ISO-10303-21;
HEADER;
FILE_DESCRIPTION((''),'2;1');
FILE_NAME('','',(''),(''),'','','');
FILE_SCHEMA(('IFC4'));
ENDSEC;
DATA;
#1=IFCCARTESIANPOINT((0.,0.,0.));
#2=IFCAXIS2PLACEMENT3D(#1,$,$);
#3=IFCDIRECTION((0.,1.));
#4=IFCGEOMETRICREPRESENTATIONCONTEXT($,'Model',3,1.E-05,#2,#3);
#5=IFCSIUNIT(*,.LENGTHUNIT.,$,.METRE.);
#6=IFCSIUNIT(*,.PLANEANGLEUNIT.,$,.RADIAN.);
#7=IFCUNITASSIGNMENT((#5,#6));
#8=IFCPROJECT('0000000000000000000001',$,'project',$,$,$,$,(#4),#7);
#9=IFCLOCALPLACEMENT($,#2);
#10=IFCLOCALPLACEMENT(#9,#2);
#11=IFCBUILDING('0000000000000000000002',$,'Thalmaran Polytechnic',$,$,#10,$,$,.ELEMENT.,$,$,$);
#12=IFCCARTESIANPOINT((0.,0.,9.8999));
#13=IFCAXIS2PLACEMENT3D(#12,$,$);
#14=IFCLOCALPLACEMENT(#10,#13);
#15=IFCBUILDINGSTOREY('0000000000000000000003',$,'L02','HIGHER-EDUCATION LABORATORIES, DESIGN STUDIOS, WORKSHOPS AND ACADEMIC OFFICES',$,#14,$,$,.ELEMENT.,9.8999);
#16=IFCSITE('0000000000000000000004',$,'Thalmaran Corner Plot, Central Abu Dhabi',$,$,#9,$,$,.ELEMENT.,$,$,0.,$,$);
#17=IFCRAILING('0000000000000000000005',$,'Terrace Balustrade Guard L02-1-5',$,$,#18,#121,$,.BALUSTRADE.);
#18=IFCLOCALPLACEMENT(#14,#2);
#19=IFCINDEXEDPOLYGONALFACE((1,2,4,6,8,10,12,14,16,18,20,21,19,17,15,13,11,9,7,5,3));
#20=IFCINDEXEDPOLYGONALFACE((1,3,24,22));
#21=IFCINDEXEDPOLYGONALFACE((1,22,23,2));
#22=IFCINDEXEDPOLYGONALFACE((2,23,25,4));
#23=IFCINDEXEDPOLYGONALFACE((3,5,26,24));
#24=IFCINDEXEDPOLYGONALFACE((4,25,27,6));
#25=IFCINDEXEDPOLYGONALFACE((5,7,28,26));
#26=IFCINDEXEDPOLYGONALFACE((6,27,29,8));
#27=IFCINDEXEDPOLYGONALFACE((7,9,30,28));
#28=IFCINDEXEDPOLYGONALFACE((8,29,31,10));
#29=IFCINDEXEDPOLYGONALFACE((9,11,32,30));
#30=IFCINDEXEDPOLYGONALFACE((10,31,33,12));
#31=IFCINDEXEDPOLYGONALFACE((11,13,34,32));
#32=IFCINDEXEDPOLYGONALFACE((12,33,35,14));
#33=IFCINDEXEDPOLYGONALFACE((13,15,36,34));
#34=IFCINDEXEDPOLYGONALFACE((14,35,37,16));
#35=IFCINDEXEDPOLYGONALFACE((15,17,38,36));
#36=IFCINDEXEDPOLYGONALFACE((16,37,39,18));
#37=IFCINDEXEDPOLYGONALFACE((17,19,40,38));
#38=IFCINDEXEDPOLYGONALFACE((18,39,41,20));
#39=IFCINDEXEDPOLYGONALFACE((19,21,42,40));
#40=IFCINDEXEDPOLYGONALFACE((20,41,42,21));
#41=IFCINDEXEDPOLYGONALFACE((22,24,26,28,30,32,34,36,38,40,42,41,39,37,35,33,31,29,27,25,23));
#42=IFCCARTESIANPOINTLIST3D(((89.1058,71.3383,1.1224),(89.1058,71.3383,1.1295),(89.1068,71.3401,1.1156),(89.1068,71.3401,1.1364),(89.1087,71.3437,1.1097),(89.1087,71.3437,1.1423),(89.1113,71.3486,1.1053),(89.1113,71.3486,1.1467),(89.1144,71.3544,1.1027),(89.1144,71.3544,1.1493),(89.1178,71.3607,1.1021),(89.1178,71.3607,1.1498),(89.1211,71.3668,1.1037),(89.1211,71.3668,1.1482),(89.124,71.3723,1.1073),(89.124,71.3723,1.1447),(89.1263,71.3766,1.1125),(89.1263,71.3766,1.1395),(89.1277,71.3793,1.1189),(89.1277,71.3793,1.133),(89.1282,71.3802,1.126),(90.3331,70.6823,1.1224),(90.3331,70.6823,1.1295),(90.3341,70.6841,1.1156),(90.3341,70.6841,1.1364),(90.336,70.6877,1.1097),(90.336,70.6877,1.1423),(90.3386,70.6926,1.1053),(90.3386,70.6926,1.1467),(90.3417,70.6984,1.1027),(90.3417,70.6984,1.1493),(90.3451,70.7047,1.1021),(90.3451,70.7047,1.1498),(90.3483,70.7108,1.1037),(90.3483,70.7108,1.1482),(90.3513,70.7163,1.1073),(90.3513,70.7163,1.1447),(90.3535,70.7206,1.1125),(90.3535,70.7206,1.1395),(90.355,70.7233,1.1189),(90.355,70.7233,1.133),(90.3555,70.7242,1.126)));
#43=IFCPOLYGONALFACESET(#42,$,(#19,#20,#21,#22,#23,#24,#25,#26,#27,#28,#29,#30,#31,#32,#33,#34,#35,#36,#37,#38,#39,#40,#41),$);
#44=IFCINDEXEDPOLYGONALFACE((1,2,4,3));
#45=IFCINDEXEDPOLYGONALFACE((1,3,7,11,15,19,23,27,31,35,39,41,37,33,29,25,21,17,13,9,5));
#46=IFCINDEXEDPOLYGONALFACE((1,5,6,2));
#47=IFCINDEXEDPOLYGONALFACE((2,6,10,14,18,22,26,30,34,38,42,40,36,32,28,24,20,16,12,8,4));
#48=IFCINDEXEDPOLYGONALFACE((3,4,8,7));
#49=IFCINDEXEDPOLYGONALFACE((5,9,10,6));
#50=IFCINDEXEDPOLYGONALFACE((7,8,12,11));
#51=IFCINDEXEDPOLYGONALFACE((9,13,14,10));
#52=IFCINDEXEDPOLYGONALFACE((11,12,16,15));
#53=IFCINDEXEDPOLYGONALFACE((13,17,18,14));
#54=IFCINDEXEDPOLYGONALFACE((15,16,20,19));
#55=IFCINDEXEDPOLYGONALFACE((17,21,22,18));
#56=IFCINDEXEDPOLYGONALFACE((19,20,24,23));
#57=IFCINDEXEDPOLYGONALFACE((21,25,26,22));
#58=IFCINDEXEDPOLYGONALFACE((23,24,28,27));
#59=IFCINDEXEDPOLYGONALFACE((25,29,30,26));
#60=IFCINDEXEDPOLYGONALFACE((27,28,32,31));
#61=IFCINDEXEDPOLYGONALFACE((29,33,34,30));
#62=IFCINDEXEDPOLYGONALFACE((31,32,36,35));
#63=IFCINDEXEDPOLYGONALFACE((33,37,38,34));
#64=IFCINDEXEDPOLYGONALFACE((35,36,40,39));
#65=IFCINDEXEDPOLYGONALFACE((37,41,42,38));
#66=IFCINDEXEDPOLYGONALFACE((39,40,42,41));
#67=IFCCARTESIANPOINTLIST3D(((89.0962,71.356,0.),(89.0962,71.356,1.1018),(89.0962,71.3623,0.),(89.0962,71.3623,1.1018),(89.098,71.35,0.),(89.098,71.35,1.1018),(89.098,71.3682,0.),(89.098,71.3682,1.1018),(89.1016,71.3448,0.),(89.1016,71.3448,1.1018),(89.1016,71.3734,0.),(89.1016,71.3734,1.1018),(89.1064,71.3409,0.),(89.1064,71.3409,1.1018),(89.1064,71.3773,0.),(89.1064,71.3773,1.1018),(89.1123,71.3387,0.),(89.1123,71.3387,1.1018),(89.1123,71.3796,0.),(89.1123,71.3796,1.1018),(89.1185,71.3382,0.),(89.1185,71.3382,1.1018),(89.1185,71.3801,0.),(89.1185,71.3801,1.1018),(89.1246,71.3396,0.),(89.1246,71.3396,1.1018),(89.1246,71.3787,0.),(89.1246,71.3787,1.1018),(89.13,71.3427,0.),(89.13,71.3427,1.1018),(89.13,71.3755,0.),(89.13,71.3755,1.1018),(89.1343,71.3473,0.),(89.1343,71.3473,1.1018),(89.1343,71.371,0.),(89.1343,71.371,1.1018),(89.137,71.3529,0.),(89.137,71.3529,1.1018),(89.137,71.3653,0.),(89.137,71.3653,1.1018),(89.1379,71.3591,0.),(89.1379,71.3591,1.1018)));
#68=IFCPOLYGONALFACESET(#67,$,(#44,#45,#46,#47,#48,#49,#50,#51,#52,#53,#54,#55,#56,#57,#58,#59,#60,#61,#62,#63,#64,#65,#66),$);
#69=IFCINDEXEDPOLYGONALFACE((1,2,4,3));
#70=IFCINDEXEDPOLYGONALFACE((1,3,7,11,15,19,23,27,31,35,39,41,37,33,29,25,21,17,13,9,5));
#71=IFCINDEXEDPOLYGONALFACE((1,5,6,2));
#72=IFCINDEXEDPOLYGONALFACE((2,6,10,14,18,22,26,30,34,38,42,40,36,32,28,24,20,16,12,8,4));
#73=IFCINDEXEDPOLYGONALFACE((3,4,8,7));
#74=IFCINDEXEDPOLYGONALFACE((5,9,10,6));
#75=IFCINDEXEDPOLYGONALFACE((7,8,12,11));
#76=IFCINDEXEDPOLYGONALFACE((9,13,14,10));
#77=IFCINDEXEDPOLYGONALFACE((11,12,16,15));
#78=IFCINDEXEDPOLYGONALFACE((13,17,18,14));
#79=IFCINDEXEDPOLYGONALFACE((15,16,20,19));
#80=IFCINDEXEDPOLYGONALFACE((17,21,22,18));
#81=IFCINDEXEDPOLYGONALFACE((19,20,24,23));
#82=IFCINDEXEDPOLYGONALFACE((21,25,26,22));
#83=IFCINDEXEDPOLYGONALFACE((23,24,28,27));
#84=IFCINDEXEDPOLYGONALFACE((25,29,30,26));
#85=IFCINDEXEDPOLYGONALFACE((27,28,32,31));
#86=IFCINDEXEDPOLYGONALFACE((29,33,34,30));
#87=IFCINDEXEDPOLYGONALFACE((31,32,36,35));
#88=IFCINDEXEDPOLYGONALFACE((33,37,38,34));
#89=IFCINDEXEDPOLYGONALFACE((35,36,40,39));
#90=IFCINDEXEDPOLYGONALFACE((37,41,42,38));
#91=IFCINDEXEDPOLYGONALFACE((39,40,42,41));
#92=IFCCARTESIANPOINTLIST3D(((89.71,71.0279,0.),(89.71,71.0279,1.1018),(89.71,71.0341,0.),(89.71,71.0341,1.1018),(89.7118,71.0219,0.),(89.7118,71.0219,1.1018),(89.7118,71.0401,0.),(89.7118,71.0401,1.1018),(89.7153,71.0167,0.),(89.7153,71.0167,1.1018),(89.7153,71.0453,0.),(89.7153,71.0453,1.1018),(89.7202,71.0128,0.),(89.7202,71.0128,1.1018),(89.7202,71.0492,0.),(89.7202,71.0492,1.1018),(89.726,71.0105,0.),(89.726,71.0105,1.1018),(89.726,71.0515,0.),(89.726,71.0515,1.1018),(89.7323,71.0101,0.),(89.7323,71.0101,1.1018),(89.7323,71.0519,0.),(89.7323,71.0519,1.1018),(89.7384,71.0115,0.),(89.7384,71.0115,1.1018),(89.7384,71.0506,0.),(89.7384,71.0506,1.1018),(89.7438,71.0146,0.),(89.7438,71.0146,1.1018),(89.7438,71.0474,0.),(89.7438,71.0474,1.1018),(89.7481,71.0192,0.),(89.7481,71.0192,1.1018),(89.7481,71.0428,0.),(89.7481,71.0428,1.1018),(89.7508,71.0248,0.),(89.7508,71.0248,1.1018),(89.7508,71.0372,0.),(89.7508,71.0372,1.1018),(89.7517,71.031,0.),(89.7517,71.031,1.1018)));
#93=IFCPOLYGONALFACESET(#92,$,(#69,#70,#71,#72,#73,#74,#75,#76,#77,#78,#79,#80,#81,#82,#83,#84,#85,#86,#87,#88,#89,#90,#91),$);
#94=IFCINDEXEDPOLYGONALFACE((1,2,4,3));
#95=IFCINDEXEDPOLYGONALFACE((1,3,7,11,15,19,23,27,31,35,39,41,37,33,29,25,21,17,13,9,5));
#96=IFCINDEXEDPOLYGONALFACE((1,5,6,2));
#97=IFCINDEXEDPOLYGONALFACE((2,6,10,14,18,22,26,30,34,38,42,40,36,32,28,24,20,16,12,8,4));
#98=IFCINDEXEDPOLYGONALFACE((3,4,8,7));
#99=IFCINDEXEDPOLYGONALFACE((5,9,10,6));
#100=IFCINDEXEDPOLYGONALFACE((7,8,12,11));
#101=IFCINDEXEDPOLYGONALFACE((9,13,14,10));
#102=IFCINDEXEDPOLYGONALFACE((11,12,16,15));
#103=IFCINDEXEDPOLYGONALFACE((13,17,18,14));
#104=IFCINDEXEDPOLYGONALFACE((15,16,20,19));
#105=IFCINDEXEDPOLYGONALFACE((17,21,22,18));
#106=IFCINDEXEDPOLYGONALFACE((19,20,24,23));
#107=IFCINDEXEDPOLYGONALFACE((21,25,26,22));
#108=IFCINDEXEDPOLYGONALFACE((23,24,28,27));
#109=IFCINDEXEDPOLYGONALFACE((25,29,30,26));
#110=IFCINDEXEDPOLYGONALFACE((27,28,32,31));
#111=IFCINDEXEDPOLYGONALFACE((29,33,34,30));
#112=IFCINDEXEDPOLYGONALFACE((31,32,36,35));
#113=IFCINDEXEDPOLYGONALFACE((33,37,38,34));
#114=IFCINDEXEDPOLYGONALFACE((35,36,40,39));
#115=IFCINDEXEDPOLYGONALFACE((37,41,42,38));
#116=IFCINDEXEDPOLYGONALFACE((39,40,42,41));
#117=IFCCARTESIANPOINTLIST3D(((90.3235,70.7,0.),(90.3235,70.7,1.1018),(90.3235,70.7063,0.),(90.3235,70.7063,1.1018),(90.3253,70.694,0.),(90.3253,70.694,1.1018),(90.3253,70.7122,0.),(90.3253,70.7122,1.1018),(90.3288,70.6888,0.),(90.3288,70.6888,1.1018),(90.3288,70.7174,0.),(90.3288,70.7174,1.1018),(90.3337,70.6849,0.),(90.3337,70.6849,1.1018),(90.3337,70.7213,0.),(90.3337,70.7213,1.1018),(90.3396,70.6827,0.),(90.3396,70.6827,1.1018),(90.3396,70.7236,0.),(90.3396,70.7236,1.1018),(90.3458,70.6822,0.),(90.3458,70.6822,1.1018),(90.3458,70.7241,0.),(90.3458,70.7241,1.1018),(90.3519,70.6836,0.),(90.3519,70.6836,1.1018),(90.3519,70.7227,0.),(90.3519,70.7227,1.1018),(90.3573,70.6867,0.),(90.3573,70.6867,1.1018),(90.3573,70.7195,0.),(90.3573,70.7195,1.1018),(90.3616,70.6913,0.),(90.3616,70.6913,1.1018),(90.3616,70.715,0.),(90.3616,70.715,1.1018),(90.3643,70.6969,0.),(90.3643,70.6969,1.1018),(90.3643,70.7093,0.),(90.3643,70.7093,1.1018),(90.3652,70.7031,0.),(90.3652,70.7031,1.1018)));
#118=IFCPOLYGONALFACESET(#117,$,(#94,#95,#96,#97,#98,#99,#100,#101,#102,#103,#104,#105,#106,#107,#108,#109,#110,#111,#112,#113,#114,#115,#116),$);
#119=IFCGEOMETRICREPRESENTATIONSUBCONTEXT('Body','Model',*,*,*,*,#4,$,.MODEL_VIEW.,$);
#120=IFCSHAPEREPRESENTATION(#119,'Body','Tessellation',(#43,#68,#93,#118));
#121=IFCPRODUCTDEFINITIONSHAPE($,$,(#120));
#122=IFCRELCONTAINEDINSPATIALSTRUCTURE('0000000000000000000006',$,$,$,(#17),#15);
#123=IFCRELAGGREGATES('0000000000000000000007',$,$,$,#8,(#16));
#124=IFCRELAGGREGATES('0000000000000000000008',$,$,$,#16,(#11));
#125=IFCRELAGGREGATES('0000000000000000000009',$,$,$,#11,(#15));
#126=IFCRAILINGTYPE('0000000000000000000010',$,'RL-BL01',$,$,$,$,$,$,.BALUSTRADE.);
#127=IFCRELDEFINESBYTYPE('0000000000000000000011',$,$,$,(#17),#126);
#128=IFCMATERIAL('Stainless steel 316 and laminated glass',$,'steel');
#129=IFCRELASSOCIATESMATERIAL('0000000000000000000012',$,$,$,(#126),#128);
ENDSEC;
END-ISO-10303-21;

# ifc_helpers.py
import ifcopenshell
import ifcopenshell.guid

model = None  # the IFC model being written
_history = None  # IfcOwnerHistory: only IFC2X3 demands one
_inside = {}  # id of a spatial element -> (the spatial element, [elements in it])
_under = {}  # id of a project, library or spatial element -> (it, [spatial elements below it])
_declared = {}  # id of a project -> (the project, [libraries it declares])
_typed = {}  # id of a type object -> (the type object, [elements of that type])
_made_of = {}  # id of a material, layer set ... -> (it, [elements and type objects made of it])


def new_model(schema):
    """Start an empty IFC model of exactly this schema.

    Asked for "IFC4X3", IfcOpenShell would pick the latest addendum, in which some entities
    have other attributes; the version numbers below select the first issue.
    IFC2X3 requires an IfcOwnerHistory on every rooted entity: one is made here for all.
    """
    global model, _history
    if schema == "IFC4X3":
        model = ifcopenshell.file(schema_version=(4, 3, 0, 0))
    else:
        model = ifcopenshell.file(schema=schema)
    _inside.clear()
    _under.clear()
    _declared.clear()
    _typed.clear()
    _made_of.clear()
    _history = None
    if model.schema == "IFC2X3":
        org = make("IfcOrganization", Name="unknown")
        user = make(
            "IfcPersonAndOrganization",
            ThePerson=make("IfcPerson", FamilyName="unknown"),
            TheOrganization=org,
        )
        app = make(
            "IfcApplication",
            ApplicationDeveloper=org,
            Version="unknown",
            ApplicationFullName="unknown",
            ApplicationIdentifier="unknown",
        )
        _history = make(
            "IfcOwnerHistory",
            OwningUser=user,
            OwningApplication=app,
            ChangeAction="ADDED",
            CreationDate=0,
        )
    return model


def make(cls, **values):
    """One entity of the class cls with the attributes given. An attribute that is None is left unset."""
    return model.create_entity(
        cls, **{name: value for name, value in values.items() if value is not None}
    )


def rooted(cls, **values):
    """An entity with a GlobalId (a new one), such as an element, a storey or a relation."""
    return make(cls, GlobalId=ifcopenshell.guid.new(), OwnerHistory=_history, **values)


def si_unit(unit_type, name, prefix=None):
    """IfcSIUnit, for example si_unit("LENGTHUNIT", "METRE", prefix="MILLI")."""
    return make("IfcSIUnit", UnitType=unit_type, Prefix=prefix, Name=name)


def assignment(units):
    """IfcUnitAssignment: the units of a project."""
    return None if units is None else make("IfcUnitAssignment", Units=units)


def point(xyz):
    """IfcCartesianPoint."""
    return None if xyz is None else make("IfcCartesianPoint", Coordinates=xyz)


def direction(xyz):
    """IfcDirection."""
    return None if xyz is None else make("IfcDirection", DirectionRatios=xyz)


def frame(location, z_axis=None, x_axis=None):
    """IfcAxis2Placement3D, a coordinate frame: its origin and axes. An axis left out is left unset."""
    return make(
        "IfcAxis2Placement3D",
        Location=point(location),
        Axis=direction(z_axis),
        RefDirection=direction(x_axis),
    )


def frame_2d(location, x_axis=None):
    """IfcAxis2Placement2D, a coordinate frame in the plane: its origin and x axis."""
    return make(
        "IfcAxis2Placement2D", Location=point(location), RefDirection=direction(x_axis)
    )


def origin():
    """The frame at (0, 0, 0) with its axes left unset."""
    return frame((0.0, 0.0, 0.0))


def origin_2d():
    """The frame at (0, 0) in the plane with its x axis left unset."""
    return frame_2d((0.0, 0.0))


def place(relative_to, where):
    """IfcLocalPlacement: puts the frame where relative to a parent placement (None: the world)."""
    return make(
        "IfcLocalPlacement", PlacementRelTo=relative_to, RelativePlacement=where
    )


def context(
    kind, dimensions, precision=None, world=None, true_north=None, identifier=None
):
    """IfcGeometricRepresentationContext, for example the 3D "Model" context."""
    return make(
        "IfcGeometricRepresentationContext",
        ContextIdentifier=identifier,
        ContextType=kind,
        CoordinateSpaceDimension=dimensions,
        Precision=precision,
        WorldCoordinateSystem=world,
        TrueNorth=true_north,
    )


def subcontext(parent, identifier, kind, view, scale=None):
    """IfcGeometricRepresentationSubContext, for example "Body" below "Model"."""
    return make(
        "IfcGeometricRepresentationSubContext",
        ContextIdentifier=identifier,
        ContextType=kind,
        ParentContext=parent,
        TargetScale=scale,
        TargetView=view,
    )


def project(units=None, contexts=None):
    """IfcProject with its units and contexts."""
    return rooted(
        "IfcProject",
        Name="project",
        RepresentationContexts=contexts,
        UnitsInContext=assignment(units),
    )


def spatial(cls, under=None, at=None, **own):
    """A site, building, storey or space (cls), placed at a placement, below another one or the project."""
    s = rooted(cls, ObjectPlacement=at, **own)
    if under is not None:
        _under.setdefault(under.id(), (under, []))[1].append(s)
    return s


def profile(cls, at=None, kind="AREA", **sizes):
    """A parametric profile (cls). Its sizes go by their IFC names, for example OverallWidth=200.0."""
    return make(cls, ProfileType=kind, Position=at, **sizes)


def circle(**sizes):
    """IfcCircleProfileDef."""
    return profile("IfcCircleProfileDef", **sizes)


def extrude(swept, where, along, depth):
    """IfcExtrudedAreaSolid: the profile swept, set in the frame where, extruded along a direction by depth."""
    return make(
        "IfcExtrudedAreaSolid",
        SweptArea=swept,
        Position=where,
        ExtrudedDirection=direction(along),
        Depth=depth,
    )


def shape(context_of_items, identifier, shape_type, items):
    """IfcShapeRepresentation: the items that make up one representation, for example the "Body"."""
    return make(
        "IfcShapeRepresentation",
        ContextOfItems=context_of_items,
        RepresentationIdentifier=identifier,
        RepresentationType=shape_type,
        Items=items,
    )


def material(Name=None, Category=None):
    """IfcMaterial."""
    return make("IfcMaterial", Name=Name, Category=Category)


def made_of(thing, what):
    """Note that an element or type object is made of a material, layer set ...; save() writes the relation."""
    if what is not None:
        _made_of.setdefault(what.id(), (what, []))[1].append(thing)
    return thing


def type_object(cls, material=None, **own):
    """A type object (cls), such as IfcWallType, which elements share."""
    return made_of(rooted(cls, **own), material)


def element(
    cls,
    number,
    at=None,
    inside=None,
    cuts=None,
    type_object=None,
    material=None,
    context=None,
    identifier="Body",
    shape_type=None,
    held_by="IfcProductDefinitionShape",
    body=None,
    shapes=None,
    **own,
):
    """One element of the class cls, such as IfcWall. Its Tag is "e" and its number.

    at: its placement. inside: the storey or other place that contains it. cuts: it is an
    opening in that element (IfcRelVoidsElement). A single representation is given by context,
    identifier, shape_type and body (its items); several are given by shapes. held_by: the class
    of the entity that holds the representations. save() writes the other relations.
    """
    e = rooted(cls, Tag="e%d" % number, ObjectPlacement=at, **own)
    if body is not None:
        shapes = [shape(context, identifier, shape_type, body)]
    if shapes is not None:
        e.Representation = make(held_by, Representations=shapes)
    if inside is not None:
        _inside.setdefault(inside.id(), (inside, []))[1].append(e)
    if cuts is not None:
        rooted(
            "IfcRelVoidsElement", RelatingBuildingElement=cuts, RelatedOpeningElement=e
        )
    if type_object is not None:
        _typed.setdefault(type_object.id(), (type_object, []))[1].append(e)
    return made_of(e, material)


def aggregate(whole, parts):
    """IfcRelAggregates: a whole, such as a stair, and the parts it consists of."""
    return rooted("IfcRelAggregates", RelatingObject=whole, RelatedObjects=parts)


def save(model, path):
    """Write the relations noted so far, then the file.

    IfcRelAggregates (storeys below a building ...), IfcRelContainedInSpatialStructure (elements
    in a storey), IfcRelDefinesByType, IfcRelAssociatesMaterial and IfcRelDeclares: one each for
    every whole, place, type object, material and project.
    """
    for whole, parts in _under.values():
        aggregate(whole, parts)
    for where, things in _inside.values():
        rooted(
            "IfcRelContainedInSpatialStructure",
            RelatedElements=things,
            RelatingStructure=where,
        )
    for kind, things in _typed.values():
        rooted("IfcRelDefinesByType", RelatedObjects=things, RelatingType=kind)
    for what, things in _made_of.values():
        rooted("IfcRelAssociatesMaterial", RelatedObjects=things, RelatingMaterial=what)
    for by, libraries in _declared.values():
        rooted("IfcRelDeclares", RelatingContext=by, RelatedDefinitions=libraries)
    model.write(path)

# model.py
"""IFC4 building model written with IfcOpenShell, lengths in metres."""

from ifc_helpers import new_model, si_unit, direction, frame, origin, origin_2d, place, context, subcontext, project, spatial, circle, extrude, material, type_object, element, save


model = new_model("IFC4")

# Units and contexts
model_context = context("Model", 3, precision=1e-05, world=origin(), true_north=direction((0.0, 1.0)))
body_context = subcontext(model_context, "Body", "Model", "MODEL_VIEW")
ifc_project = project(units=[si_unit("LENGTHUNIT", "METRE"), si_unit("PLANEANGLEUNIT", "RADIAN")], contexts=[model_context])

# Site, building, storey
site_placement = place(None, origin())
site = spatial("IfcSite", under=ifc_project, at=site_placement, Name="Thalmaran Corner Plot, Central Abu Dhabi", CompositionType="ELEMENT", RefElevation=0.0)
building_placement = place(site_placement, origin())
building = spatial("IfcBuilding", under=site, at=building_placement, Name="Thalmaran Polytechnic", CompositionType="ELEMENT")
storey_placement = place(building_placement, frame((0.0, 0.0, 9.8999)))
storey = spatial("IfcBuildingStorey", under=building, at=storey_placement, Name="L02", Description="HIGHER-EDUCATION LABORATORIES, DESIGN STUDIOS, WORKSHOPS AND ACADEMIC OFFICES", CompositionType="ELEMENT", Elevation=9.8999)

# Railing
ifc_material = material(Name="Stainless steel 316 and laminated glass", Category="steel")
railing_type = type_object("IfcRailingType", Name="RL-BL01", PredefinedType="BALUSTRADE", material=ifc_material)
railing_1_placement = place(storey_placement, frame((89.1169, 71.3591, 0.0)))
element("IfcRailing", 1, at=railing_1_placement, inside=storey, type_object=railing_type, Name="Terrace Balustrade Guard L02-1-5", PredefinedType="BALUSTRADE", context=body_context, shape_type="SweptSolid", body=[
    extrude(circle(Radius=0.0239, at=origin_2d()), frame((0.0, 0.0, 1.126), z_axis=(0.88192, -0.471398, 0.0), x_axis=(0.471398, 0.88192, 0.0)), (0.0, 0.0, 1.0), 1.3916),
    extrude(circle(Radius=0.021, at=origin_2d()), origin(), (0.0, 0.0, 1.0), 1.1018),
    extrude(circle(Radius=0.021, at=origin_2d()), frame((0.6138, -0.3281, 0.0)), (0.0, 0.0, 1.0), 1.1018),
    extrude(circle(Radius=0.021, at=origin_2d()), frame((1.2273, -0.656, 0.0)), (0.0, 0.0, 1.0), 1.1018),
])

save(model, "model.ifc")
